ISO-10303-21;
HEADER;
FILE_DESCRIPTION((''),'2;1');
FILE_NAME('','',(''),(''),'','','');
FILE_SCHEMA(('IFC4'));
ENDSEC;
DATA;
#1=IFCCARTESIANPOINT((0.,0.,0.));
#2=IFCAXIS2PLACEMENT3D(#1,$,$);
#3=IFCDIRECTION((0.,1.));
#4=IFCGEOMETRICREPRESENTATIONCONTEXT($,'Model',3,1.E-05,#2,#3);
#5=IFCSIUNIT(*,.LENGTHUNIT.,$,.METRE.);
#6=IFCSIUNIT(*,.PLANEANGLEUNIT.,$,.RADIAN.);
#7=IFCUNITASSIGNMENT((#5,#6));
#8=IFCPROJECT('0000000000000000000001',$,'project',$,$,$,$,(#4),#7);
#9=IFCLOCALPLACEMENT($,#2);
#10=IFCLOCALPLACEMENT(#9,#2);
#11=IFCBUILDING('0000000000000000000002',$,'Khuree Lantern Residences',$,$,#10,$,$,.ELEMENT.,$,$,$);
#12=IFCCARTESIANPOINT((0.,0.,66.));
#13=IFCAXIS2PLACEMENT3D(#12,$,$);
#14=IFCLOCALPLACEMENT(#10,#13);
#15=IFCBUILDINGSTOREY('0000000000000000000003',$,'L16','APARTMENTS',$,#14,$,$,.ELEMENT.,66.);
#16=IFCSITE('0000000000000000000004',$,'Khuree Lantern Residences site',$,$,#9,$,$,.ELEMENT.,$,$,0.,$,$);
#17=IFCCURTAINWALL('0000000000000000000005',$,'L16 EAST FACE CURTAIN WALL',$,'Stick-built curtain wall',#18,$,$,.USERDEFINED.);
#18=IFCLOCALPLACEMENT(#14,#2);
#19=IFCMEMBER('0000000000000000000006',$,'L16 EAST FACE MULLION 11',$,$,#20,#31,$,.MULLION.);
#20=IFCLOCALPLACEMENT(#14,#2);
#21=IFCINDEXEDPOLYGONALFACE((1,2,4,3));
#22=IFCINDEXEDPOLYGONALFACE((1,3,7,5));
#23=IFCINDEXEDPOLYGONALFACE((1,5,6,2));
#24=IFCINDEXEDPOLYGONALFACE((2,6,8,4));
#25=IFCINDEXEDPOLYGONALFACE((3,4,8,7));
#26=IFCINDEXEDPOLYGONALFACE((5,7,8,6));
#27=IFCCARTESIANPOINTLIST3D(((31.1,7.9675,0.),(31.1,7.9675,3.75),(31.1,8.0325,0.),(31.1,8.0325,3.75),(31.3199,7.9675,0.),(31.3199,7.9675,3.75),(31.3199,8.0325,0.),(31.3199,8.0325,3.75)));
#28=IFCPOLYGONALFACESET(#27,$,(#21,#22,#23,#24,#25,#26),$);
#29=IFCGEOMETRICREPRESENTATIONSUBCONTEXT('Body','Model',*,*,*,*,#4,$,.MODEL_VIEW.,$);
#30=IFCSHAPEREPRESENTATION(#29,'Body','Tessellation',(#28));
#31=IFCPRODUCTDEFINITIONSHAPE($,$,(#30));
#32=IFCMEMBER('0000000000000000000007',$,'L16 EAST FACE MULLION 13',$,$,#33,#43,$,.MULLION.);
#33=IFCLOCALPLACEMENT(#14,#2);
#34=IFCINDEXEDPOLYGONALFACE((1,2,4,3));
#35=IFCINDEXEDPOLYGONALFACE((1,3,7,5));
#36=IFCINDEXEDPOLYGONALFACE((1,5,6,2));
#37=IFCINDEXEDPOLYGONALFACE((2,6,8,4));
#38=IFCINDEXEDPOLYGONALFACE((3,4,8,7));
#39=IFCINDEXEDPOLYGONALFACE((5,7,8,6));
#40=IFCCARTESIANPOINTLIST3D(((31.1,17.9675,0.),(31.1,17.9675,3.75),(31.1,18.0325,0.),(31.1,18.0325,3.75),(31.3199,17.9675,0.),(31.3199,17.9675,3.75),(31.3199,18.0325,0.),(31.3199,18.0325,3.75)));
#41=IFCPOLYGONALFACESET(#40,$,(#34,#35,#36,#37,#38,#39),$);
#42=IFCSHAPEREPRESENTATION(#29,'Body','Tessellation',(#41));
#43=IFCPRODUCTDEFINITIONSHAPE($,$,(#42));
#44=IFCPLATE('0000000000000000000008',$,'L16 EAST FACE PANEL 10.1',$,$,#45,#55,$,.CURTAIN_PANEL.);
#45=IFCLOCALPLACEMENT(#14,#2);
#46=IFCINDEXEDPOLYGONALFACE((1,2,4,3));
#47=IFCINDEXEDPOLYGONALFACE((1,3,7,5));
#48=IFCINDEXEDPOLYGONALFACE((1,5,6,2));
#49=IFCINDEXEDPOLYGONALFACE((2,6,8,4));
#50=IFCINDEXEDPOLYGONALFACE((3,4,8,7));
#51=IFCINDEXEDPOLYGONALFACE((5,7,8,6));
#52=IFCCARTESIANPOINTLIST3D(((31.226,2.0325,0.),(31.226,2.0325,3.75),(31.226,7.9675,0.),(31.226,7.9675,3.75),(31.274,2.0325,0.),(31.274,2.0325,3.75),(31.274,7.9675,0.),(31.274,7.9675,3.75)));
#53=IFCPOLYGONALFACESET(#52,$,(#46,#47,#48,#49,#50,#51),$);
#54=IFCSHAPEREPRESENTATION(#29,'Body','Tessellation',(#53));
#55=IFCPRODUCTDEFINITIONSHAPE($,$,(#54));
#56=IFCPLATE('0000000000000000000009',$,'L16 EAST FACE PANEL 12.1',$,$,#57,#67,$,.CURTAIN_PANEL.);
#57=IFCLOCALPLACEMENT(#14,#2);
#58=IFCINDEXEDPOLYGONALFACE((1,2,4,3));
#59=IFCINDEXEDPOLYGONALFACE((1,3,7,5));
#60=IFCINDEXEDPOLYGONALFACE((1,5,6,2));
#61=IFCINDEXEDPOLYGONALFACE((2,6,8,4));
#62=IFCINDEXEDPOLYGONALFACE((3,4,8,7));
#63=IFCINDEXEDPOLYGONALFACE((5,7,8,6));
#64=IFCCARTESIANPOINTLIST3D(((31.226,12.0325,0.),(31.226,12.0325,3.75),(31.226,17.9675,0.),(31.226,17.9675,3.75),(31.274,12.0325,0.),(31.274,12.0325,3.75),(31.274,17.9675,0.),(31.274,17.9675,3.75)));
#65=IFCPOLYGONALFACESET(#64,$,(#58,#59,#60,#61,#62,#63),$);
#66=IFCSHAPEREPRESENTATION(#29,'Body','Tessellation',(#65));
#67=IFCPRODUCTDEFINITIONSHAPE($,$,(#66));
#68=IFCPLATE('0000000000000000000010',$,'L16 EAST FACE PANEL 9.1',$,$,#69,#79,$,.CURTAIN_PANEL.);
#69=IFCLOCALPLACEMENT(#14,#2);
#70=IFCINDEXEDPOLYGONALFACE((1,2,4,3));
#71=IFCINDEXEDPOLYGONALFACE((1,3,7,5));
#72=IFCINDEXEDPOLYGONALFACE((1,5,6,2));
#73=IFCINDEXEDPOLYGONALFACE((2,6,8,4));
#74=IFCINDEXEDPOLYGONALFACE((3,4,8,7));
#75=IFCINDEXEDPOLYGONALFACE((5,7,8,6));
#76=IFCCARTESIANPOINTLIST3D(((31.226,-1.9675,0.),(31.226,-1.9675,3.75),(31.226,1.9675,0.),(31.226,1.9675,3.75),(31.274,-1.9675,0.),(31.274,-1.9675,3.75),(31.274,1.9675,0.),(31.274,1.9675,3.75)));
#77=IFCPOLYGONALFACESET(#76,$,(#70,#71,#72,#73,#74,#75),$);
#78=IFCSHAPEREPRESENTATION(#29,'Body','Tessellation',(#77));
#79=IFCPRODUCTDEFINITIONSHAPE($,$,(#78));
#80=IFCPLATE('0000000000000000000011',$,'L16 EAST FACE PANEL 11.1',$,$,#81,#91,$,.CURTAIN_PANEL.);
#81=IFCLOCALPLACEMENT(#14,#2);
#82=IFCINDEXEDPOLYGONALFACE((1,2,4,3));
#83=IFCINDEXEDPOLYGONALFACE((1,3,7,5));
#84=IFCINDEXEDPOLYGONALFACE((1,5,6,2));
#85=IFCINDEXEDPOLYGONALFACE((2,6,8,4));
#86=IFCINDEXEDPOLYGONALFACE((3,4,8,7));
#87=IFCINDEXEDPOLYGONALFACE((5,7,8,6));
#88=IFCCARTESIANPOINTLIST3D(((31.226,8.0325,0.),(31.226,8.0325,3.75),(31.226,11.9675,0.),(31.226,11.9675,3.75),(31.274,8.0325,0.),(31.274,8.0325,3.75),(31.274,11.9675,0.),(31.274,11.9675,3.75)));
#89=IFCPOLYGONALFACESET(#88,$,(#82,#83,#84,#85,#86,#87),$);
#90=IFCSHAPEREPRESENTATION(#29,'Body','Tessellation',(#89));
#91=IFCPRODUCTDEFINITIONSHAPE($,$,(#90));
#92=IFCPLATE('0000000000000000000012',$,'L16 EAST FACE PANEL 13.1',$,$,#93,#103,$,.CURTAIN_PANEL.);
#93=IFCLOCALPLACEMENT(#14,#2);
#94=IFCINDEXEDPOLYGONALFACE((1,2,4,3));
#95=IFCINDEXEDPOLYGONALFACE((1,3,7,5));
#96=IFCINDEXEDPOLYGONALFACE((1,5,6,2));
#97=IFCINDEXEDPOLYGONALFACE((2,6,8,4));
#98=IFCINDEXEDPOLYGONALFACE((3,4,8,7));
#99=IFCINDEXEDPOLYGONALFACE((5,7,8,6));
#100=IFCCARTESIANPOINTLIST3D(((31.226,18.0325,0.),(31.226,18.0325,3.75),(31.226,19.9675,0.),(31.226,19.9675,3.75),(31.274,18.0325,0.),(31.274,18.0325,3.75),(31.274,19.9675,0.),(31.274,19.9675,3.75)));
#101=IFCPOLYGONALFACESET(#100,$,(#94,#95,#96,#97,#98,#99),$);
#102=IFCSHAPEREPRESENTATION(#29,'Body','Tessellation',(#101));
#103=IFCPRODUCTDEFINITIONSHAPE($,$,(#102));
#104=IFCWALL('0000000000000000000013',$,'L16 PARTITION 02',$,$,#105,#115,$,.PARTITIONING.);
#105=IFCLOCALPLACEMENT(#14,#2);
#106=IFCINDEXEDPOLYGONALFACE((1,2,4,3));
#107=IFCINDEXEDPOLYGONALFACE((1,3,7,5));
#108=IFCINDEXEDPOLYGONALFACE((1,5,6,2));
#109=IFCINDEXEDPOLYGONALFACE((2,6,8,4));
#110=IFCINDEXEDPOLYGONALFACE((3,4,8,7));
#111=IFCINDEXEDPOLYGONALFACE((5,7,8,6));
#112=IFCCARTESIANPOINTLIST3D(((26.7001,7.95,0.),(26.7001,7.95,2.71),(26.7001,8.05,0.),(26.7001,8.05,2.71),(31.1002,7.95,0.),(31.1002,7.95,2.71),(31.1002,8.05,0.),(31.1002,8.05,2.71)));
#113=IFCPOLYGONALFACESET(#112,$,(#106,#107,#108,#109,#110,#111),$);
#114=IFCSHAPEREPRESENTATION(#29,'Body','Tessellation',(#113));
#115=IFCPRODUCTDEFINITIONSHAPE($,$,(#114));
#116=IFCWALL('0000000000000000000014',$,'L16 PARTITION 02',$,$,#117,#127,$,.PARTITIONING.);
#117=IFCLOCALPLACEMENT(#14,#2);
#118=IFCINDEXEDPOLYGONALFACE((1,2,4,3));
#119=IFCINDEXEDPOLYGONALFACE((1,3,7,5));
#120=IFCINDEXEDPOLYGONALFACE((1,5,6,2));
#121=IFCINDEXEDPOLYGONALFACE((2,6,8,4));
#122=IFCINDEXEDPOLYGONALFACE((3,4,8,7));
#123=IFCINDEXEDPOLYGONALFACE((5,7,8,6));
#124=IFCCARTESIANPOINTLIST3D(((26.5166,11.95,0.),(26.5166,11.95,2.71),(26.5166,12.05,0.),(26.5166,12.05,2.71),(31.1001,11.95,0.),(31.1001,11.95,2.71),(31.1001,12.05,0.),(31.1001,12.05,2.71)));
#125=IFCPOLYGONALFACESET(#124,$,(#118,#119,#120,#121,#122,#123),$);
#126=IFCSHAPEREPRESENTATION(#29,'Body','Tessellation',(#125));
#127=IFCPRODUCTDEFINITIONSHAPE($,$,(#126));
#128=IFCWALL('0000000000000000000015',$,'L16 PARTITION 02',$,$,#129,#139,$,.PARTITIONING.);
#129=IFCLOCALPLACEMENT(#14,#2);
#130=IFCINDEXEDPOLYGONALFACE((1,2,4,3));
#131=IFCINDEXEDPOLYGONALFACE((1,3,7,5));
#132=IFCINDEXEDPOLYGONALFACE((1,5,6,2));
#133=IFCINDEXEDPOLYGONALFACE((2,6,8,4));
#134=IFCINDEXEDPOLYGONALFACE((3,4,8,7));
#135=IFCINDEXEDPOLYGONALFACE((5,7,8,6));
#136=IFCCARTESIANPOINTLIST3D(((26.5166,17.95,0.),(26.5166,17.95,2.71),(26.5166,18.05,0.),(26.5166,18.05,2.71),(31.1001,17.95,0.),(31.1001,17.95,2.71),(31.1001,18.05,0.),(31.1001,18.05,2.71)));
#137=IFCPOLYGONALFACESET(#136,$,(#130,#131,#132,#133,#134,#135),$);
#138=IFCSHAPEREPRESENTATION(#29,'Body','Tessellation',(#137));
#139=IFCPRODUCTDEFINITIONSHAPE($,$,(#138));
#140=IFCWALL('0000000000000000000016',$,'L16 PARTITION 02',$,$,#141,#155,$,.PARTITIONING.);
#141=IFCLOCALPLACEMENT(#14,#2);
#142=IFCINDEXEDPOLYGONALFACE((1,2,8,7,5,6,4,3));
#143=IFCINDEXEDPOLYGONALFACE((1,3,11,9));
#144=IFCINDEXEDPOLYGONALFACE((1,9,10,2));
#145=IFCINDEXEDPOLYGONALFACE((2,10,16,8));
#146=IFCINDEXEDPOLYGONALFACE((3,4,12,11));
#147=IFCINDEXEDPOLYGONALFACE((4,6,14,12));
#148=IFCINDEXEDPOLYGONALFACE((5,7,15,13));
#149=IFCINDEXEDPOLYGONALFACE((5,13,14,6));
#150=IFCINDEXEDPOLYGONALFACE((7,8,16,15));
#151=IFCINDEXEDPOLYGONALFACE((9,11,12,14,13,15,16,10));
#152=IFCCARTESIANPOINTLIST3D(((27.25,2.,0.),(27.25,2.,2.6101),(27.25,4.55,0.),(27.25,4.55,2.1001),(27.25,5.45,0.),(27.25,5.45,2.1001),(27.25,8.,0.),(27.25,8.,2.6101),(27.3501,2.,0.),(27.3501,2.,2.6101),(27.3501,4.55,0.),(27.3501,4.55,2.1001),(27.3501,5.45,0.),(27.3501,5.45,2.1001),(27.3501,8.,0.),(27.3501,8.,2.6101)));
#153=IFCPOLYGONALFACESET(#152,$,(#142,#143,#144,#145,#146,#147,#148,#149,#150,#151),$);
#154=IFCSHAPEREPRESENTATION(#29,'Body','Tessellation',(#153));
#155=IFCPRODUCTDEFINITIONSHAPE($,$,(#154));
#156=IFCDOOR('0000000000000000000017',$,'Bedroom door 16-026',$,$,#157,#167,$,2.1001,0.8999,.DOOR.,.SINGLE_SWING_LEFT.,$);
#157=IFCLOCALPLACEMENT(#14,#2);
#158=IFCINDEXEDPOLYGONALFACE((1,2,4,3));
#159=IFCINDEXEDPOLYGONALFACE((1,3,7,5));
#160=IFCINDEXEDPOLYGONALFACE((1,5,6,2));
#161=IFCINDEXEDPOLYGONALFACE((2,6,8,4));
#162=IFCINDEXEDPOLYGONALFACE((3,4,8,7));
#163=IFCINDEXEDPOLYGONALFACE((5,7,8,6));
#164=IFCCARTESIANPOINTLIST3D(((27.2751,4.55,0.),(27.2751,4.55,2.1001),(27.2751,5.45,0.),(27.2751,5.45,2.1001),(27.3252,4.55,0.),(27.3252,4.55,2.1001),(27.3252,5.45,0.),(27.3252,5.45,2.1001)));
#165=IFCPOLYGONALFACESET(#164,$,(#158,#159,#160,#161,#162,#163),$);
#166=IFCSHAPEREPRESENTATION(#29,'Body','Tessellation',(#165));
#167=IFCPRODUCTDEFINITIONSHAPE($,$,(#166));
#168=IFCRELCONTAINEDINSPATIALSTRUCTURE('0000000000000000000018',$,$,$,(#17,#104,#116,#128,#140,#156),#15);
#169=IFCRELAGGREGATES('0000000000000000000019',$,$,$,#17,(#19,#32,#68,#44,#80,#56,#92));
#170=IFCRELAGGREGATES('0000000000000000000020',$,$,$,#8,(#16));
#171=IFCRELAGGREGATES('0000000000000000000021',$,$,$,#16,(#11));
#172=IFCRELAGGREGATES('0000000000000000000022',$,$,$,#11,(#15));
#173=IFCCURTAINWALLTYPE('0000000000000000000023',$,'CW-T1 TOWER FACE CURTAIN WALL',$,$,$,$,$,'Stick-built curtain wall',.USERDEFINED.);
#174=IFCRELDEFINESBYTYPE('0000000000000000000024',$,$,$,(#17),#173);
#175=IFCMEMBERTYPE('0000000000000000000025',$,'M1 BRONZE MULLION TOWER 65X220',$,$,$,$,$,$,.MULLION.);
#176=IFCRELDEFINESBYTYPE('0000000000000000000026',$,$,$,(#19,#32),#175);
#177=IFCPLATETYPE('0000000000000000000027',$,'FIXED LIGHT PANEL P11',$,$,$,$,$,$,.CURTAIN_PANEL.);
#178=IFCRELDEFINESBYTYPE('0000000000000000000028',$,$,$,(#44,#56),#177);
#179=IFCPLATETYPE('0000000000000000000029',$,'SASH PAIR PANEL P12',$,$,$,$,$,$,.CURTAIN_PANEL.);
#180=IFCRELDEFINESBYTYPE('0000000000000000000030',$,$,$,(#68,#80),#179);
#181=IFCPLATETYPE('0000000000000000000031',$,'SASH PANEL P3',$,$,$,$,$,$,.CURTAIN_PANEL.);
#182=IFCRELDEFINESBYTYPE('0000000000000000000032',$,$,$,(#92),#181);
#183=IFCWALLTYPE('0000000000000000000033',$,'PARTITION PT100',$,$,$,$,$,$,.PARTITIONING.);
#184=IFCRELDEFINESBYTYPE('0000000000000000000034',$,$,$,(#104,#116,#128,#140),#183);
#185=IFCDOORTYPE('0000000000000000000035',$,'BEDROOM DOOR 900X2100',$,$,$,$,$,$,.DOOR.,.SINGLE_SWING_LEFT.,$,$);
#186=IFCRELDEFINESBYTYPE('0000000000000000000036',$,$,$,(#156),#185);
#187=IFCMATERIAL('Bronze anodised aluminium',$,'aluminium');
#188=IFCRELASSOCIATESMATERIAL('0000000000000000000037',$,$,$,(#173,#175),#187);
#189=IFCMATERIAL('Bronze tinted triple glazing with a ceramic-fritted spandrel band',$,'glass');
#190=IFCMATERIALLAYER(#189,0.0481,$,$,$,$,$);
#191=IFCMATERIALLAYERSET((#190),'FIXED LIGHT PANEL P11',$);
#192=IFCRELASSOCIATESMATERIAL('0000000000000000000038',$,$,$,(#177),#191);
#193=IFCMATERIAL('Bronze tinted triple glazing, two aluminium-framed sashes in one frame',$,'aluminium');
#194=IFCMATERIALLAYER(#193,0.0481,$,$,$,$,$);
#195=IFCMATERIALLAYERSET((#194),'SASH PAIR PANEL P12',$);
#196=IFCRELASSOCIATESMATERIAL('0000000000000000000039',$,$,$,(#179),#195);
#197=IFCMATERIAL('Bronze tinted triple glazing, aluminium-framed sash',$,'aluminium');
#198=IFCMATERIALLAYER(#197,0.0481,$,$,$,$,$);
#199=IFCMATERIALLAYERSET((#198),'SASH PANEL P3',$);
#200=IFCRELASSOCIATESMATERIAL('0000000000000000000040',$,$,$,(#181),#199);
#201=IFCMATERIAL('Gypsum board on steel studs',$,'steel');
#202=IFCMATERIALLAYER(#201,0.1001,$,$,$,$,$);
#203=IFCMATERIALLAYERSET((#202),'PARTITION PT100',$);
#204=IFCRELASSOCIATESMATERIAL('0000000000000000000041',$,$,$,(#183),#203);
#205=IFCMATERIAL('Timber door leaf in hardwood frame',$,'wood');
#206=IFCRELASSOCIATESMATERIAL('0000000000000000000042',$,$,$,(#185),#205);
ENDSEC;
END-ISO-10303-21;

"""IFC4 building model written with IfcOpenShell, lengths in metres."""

from ifc_helpers import new_model, si_unit, direction, frame, frame_2d, origin, origin_2d, place, context, subcontext, project, spatial, rectangle, extrude, material, layer, layer_set, material_profile, profile_set, type_object, element, fill, aggregate, save


model = new_model("IFC4")

# Units and contexts
model_context = context("Model", 3, precision=1e-05, world=origin(), true_north=direction((0.0, 1.0)))
body_context = subcontext(model_context, "Body", "Model", "MODEL_VIEW")
ifc_project = project(units=[si_unit("LENGTHUNIT", "METRE"), si_unit("PLANEANGLEUNIT", "RADIAN")], contexts=[model_context])

# Site, building, storey
site_placement = place(None, origin())
site = spatial("IfcSite", under=ifc_project, at=site_placement, Name="Khuree Lantern Residences site", CompositionType="ELEMENT", RefElevation=0.0)
building_placement = place(site_placement, origin())
building = spatial("IfcBuilding", under=site, at=building_placement, Name="Khuree Lantern Residences", CompositionType="ELEMENT")
storey_placement = place(building_placement, frame((0.0, 0.0, 66.0)))
storey = spatial("IfcBuildingStorey", under=building, at=storey_placement, Name="L16", Description="APARTMENTS", CompositionType="ELEMENT", Elevation=66.0)

# Curtain wall
ifc_material_1 = material(Name="Bronze anodised aluminium", Category="aluminium")
curtain_wall_type = type_object("IfcCurtainWallType", Name="CW-T1 TOWER FACE CURTAIN WALL", ElementType="Stick-built curtain wall", PredefinedType="USERDEFINED", material=ifc_material_1)
curtain_wall_placement = place(storey_placement, origin())
curtain_wall = element("IfcCurtainWall", 1, at=curtain_wall_placement, inside=storey, type_object=curtain_wall_type, Name="L16 EAST FACE CURTAIN WALL", ObjectType="Stick-built curtain wall", PredefinedType="USERDEFINED")

# Members
ifc_material_profile_1 = material_profile(ifc_material_1, rectangle(XDim=0.0649, YDim=0.22, at=origin_2d()), Name="M1 65X220")
ifc_profile_set_1 = profile_set([ifc_material_profile_1], Name="Bronze anodised aluminium")
member_type_1 = type_object("IfcMemberType", Name="M1 BRONZE MULLION TOWER 65X220", PredefinedType="MULLION", material=ifc_profile_set_1)
member_1_placement = place(storey_placement, frame((31.21, 8.0, 0.0), z_axis=(0.0, 0.0, 1.0), x_axis=(0.0, 1.0, 0.0)))
member_1 = element("IfcMember", 2, at=member_1_placement, type_object=member_type_1, Name="L16 EAST FACE MULLION 11", PredefinedType="MULLION", context=body_context, shape_type="SweptSolid", body=[
    extrude(rectangle(XDim=0.0649, YDim=0.22, at=origin_2d()), origin(), (0.0, 0.0, 1.0), 3.75),
])
member_2_placement = place(storey_placement, frame((31.21, 18.0, 0.0), z_axis=(0.0, 0.0, 1.0), x_axis=(0.0, 1.0, 0.0)))
member_2 = element("IfcMember", 3, at=member_2_placement, type_object=member_type_1, Name="L16 EAST FACE MULLION 13", PredefinedType="MULLION", context=body_context, shape_type="SweptSolid", body=[
    extrude(rectangle(XDim=0.0649, YDim=0.22, at=origin_2d()), origin(), (0.0, 0.0, 1.0), 3.75),
])

# Plates
ifc_material_2 = material(Name="Bronze tinted triple glazing with a ceramic-fritted spandrel band", Category="glass")
ifc_layer_1 = layer(ifc_material_2, 0.0481)
ifc_layer_set_1 = layer_set([ifc_layer_1], Name="FIXED LIGHT PANEL P11")
plate_type_1 = type_object("IfcPlateType", Name="FIXED LIGHT PANEL P11", PredefinedType="CURTAIN_PANEL", material=ifc_layer_set_1)
plate_1_placement = place(storey_placement, frame((31.25, 5.0, 0.0), z_axis=(0.0, 0.0, 1.0), x_axis=(0.0, 1.0, 0.0)))
plate_1 = element("IfcPlate", 4, at=plate_1_placement, type_object=plate_type_1, Name="L16 EAST FACE PANEL 10.1", PredefinedType="CURTAIN_PANEL", context=body_context, shape_type="SweptSolid", body=[
    extrude(rectangle(XDim=5.9351, YDim=0.0481, at=origin_2d()), origin(), (0.0, 0.0, 1.0), 3.75),
])
plate_2_placement = place(storey_placement, frame((31.25, 15.0, 0.0), z_axis=(0.0, 0.0, 1.0), x_axis=(0.0, 1.0, 0.0)))
plate_2 = element("IfcPlate", 5, at=plate_2_placement, type_object=plate_type_1, Name="L16 EAST FACE PANEL 12.1", PredefinedType="CURTAIN_PANEL", context=body_context, shape_type="SweptSolid", body=[
    extrude(rectangle(XDim=5.9351, YDim=0.0481, at=origin_2d()), origin(), (0.0, 0.0, 1.0), 3.75),
])
ifc_material_3 = material(Name="Bronze tinted triple glazing, two aluminium-framed sashes in one frame", Category="aluminium")
ifc_layer_2 = layer(ifc_material_3, 0.0481)
ifc_layer_set_2 = layer_set([ifc_layer_2], Name="SASH PAIR PANEL P12")
plate_type_2 = type_object("IfcPlateType", Name="SASH PAIR PANEL P12", PredefinedType="CURTAIN_PANEL", material=ifc_layer_set_2)
plate_3_placement = place(storey_placement, frame((31.25, 0.0, 0.0), z_axis=(0.0, 0.0, 1.0), x_axis=(0.0, 1.0, 0.0)))
plate_3 = element("IfcPlate", 6, at=plate_3_placement, type_object=plate_type_2, Name="L16 EAST FACE PANEL 9.1", PredefinedType="CURTAIN_PANEL", context=body_context, shape_type="SweptSolid", body=[
    extrude(rectangle(XDim=3.9351, YDim=0.0481, at=origin_2d()), origin(), (0.0, 0.0, 1.0), 3.75),
])
plate_4_placement = place(storey_placement, frame((31.25, 10.0, 0.0), z_axis=(0.0, 0.0, 1.0), x_axis=(0.0, 1.0, 0.0)))
plate_4 = element("IfcPlate", 7, at=plate_4_placement, type_object=plate_type_2, Name="L16 EAST FACE PANEL 11.1", PredefinedType="CURTAIN_PANEL", context=body_context, shape_type="SweptSolid", body=[
    extrude(rectangle(XDim=3.9351, YDim=0.0481, at=origin_2d()), origin(), (0.0, 0.0, 1.0), 3.75),
])
ifc_material_4 = material(Name="Bronze tinted triple glazing, aluminium-framed sash", Category="aluminium")
ifc_layer_3 = layer(ifc_material_4, 0.0481)
ifc_layer_set_3 = layer_set([ifc_layer_3], Name="SASH PANEL P3")
plate_type_3 = type_object("IfcPlateType", Name="SASH PANEL P3", PredefinedType="CURTAIN_PANEL", material=ifc_layer_set_3)
plate_5_placement = place(storey_placement, frame((31.25, 19.0, 0.0), z_axis=(0.0, 0.0, 1.0), x_axis=(0.0, 1.0, 0.0)))
plate_5 = element("IfcPlate", 8, at=plate_5_placement, type_object=plate_type_3, Name="L16 EAST FACE PANEL 13.1", PredefinedType="CURTAIN_PANEL", context=body_context, shape_type="SweptSolid", body=[
    extrude(rectangle(XDim=1.9351, YDim=0.0481, at=origin_2d()), origin(), (0.0, 0.0, 1.0), 3.75),
])
aggregate(curtain_wall, [member_1, member_2, plate_3, plate_1, plate_4, plate_2, plate_5])

# Walls
ifc_material_5 = material(Name="Gypsum board on steel studs", Category="steel")
ifc_layer_4 = layer(ifc_material_5, 0.1001)
ifc_layer_set_4 = layer_set([ifc_layer_4], Name="PARTITION PT100")
wall_type = type_object("IfcWallType", Name="PARTITION PT100", PredefinedType="PARTITIONING", material=ifc_layer_set_4)
wall_1_placement = place(storey_placement, frame((26.7, 8.0, 0.0), z_axis=(0.0, 0.0, 1.0), x_axis=(1.0, 0.0, 0.0)))
element("IfcWall", 9, at=wall_1_placement, inside=storey, type_object=wall_type, Name="L16 PARTITION 02", PredefinedType="PARTITIONING", context=body_context, shape_type="SweptSolid", body=[
    extrude(rectangle(XDim=4.4001, YDim=0.1001, at=frame_2d((2.2002, 0.0))), origin(), (0.0, 0.0, 1.0), 2.71),
])
for number, where, z_axis, x_axis, name in (
    (10, (26.5166, 12.0, 0.0), (0.0, 0.0, 1.0), (1.0, 0.0, 0.0), "L16 PARTITION 02"),
    (11, (26.5166, 18.0, 0.0), (0.0, 0.0, 1.0), (1.0, 0.0, 0.0), "L16 PARTITION 02"),
):
    element("IfcWall", number, at=place(storey_placement, frame(where, z_axis=z_axis, x_axis=x_axis)), inside=storey, type_object=wall_type, Name=name, PredefinedType="PARTITIONING", context=body_context, shape_type="SweptSolid", body=[
        extrude(rectangle(XDim=4.5835, YDim=0.1001, at=frame_2d((2.2917, 0.0))), origin(), (0.0, 0.0, 1.0), 2.71),
    ])

# Wall, opening, door
wall_2_placement = place(storey_placement, frame((27.3, 2.0, 0.0), z_axis=(0.0, 0.0, 1.0), x_axis=(0.0, 1.0, 0.0)))
wall_2 = element("IfcWall", 12, at=wall_2_placement, inside=storey, type_object=wall_type, Name="L16 PARTITION 02", PredefinedType="PARTITIONING", context=body_context, shape_type="SweptSolid", body=[
    extrude(rectangle(XDim=6.0, YDim=0.1001, at=frame_2d((3.0, 0.0))), origin(), (0.0, 0.0, 1.0), 2.6101),
])
opening_1_placement = place(wall_2_placement, frame((2.55, 0.0, 0.0)))
opening_1 = element("IfcOpeningElement", 13, at=opening_1_placement, cuts=wall_2, PredefinedType="OPENING", context=body_context, shape_type="SweptSolid", body=[
    extrude(rectangle(XDim=0.8999, YDim=2.1001, at=frame_2d((0.45, 1.05))), frame((0.0, 0.0601, 0.0), z_axis=(0.0, -1.0, 0.0), x_axis=(1.0, 0.0, 0.0)), (0.0, 0.0, 1.0), 0.1201),
])
ifc_material_6 = material(Name="Timber door leaf in hardwood frame", Category="wood")
door_type_1 = type_object("IfcDoorType", Name="BEDROOM DOOR 900X2100", OperationType="SINGLE_SWING_LEFT", PredefinedType="DOOR", material=ifc_material_6)
door_1_placement = place(opening_1_placement, origin())
door_1 = element("IfcDoor", 14, at=door_1_placement, inside=storey, type_object=door_type_1, Name="Bedroom door 16-026", OperationType="SINGLE_SWING_LEFT", OverallHeight=2.1001, OverallWidth=0.8999, PredefinedType="DOOR", context=body_context, shape_type="SweptSolid", body=[
    extrude(rectangle(XDim=0.8999, YDim=2.1001, at=frame_2d((0.45, 1.05))), frame((0.0, 0.0249, 0.0), z_axis=(0.0, -1.0, 0.0), x_axis=(1.0, 0.0, 0.0)), (0.0, 0.0, 1.0), 0.05),
])
fill(opening_1, door_1)

save(model, "model.ifc")
